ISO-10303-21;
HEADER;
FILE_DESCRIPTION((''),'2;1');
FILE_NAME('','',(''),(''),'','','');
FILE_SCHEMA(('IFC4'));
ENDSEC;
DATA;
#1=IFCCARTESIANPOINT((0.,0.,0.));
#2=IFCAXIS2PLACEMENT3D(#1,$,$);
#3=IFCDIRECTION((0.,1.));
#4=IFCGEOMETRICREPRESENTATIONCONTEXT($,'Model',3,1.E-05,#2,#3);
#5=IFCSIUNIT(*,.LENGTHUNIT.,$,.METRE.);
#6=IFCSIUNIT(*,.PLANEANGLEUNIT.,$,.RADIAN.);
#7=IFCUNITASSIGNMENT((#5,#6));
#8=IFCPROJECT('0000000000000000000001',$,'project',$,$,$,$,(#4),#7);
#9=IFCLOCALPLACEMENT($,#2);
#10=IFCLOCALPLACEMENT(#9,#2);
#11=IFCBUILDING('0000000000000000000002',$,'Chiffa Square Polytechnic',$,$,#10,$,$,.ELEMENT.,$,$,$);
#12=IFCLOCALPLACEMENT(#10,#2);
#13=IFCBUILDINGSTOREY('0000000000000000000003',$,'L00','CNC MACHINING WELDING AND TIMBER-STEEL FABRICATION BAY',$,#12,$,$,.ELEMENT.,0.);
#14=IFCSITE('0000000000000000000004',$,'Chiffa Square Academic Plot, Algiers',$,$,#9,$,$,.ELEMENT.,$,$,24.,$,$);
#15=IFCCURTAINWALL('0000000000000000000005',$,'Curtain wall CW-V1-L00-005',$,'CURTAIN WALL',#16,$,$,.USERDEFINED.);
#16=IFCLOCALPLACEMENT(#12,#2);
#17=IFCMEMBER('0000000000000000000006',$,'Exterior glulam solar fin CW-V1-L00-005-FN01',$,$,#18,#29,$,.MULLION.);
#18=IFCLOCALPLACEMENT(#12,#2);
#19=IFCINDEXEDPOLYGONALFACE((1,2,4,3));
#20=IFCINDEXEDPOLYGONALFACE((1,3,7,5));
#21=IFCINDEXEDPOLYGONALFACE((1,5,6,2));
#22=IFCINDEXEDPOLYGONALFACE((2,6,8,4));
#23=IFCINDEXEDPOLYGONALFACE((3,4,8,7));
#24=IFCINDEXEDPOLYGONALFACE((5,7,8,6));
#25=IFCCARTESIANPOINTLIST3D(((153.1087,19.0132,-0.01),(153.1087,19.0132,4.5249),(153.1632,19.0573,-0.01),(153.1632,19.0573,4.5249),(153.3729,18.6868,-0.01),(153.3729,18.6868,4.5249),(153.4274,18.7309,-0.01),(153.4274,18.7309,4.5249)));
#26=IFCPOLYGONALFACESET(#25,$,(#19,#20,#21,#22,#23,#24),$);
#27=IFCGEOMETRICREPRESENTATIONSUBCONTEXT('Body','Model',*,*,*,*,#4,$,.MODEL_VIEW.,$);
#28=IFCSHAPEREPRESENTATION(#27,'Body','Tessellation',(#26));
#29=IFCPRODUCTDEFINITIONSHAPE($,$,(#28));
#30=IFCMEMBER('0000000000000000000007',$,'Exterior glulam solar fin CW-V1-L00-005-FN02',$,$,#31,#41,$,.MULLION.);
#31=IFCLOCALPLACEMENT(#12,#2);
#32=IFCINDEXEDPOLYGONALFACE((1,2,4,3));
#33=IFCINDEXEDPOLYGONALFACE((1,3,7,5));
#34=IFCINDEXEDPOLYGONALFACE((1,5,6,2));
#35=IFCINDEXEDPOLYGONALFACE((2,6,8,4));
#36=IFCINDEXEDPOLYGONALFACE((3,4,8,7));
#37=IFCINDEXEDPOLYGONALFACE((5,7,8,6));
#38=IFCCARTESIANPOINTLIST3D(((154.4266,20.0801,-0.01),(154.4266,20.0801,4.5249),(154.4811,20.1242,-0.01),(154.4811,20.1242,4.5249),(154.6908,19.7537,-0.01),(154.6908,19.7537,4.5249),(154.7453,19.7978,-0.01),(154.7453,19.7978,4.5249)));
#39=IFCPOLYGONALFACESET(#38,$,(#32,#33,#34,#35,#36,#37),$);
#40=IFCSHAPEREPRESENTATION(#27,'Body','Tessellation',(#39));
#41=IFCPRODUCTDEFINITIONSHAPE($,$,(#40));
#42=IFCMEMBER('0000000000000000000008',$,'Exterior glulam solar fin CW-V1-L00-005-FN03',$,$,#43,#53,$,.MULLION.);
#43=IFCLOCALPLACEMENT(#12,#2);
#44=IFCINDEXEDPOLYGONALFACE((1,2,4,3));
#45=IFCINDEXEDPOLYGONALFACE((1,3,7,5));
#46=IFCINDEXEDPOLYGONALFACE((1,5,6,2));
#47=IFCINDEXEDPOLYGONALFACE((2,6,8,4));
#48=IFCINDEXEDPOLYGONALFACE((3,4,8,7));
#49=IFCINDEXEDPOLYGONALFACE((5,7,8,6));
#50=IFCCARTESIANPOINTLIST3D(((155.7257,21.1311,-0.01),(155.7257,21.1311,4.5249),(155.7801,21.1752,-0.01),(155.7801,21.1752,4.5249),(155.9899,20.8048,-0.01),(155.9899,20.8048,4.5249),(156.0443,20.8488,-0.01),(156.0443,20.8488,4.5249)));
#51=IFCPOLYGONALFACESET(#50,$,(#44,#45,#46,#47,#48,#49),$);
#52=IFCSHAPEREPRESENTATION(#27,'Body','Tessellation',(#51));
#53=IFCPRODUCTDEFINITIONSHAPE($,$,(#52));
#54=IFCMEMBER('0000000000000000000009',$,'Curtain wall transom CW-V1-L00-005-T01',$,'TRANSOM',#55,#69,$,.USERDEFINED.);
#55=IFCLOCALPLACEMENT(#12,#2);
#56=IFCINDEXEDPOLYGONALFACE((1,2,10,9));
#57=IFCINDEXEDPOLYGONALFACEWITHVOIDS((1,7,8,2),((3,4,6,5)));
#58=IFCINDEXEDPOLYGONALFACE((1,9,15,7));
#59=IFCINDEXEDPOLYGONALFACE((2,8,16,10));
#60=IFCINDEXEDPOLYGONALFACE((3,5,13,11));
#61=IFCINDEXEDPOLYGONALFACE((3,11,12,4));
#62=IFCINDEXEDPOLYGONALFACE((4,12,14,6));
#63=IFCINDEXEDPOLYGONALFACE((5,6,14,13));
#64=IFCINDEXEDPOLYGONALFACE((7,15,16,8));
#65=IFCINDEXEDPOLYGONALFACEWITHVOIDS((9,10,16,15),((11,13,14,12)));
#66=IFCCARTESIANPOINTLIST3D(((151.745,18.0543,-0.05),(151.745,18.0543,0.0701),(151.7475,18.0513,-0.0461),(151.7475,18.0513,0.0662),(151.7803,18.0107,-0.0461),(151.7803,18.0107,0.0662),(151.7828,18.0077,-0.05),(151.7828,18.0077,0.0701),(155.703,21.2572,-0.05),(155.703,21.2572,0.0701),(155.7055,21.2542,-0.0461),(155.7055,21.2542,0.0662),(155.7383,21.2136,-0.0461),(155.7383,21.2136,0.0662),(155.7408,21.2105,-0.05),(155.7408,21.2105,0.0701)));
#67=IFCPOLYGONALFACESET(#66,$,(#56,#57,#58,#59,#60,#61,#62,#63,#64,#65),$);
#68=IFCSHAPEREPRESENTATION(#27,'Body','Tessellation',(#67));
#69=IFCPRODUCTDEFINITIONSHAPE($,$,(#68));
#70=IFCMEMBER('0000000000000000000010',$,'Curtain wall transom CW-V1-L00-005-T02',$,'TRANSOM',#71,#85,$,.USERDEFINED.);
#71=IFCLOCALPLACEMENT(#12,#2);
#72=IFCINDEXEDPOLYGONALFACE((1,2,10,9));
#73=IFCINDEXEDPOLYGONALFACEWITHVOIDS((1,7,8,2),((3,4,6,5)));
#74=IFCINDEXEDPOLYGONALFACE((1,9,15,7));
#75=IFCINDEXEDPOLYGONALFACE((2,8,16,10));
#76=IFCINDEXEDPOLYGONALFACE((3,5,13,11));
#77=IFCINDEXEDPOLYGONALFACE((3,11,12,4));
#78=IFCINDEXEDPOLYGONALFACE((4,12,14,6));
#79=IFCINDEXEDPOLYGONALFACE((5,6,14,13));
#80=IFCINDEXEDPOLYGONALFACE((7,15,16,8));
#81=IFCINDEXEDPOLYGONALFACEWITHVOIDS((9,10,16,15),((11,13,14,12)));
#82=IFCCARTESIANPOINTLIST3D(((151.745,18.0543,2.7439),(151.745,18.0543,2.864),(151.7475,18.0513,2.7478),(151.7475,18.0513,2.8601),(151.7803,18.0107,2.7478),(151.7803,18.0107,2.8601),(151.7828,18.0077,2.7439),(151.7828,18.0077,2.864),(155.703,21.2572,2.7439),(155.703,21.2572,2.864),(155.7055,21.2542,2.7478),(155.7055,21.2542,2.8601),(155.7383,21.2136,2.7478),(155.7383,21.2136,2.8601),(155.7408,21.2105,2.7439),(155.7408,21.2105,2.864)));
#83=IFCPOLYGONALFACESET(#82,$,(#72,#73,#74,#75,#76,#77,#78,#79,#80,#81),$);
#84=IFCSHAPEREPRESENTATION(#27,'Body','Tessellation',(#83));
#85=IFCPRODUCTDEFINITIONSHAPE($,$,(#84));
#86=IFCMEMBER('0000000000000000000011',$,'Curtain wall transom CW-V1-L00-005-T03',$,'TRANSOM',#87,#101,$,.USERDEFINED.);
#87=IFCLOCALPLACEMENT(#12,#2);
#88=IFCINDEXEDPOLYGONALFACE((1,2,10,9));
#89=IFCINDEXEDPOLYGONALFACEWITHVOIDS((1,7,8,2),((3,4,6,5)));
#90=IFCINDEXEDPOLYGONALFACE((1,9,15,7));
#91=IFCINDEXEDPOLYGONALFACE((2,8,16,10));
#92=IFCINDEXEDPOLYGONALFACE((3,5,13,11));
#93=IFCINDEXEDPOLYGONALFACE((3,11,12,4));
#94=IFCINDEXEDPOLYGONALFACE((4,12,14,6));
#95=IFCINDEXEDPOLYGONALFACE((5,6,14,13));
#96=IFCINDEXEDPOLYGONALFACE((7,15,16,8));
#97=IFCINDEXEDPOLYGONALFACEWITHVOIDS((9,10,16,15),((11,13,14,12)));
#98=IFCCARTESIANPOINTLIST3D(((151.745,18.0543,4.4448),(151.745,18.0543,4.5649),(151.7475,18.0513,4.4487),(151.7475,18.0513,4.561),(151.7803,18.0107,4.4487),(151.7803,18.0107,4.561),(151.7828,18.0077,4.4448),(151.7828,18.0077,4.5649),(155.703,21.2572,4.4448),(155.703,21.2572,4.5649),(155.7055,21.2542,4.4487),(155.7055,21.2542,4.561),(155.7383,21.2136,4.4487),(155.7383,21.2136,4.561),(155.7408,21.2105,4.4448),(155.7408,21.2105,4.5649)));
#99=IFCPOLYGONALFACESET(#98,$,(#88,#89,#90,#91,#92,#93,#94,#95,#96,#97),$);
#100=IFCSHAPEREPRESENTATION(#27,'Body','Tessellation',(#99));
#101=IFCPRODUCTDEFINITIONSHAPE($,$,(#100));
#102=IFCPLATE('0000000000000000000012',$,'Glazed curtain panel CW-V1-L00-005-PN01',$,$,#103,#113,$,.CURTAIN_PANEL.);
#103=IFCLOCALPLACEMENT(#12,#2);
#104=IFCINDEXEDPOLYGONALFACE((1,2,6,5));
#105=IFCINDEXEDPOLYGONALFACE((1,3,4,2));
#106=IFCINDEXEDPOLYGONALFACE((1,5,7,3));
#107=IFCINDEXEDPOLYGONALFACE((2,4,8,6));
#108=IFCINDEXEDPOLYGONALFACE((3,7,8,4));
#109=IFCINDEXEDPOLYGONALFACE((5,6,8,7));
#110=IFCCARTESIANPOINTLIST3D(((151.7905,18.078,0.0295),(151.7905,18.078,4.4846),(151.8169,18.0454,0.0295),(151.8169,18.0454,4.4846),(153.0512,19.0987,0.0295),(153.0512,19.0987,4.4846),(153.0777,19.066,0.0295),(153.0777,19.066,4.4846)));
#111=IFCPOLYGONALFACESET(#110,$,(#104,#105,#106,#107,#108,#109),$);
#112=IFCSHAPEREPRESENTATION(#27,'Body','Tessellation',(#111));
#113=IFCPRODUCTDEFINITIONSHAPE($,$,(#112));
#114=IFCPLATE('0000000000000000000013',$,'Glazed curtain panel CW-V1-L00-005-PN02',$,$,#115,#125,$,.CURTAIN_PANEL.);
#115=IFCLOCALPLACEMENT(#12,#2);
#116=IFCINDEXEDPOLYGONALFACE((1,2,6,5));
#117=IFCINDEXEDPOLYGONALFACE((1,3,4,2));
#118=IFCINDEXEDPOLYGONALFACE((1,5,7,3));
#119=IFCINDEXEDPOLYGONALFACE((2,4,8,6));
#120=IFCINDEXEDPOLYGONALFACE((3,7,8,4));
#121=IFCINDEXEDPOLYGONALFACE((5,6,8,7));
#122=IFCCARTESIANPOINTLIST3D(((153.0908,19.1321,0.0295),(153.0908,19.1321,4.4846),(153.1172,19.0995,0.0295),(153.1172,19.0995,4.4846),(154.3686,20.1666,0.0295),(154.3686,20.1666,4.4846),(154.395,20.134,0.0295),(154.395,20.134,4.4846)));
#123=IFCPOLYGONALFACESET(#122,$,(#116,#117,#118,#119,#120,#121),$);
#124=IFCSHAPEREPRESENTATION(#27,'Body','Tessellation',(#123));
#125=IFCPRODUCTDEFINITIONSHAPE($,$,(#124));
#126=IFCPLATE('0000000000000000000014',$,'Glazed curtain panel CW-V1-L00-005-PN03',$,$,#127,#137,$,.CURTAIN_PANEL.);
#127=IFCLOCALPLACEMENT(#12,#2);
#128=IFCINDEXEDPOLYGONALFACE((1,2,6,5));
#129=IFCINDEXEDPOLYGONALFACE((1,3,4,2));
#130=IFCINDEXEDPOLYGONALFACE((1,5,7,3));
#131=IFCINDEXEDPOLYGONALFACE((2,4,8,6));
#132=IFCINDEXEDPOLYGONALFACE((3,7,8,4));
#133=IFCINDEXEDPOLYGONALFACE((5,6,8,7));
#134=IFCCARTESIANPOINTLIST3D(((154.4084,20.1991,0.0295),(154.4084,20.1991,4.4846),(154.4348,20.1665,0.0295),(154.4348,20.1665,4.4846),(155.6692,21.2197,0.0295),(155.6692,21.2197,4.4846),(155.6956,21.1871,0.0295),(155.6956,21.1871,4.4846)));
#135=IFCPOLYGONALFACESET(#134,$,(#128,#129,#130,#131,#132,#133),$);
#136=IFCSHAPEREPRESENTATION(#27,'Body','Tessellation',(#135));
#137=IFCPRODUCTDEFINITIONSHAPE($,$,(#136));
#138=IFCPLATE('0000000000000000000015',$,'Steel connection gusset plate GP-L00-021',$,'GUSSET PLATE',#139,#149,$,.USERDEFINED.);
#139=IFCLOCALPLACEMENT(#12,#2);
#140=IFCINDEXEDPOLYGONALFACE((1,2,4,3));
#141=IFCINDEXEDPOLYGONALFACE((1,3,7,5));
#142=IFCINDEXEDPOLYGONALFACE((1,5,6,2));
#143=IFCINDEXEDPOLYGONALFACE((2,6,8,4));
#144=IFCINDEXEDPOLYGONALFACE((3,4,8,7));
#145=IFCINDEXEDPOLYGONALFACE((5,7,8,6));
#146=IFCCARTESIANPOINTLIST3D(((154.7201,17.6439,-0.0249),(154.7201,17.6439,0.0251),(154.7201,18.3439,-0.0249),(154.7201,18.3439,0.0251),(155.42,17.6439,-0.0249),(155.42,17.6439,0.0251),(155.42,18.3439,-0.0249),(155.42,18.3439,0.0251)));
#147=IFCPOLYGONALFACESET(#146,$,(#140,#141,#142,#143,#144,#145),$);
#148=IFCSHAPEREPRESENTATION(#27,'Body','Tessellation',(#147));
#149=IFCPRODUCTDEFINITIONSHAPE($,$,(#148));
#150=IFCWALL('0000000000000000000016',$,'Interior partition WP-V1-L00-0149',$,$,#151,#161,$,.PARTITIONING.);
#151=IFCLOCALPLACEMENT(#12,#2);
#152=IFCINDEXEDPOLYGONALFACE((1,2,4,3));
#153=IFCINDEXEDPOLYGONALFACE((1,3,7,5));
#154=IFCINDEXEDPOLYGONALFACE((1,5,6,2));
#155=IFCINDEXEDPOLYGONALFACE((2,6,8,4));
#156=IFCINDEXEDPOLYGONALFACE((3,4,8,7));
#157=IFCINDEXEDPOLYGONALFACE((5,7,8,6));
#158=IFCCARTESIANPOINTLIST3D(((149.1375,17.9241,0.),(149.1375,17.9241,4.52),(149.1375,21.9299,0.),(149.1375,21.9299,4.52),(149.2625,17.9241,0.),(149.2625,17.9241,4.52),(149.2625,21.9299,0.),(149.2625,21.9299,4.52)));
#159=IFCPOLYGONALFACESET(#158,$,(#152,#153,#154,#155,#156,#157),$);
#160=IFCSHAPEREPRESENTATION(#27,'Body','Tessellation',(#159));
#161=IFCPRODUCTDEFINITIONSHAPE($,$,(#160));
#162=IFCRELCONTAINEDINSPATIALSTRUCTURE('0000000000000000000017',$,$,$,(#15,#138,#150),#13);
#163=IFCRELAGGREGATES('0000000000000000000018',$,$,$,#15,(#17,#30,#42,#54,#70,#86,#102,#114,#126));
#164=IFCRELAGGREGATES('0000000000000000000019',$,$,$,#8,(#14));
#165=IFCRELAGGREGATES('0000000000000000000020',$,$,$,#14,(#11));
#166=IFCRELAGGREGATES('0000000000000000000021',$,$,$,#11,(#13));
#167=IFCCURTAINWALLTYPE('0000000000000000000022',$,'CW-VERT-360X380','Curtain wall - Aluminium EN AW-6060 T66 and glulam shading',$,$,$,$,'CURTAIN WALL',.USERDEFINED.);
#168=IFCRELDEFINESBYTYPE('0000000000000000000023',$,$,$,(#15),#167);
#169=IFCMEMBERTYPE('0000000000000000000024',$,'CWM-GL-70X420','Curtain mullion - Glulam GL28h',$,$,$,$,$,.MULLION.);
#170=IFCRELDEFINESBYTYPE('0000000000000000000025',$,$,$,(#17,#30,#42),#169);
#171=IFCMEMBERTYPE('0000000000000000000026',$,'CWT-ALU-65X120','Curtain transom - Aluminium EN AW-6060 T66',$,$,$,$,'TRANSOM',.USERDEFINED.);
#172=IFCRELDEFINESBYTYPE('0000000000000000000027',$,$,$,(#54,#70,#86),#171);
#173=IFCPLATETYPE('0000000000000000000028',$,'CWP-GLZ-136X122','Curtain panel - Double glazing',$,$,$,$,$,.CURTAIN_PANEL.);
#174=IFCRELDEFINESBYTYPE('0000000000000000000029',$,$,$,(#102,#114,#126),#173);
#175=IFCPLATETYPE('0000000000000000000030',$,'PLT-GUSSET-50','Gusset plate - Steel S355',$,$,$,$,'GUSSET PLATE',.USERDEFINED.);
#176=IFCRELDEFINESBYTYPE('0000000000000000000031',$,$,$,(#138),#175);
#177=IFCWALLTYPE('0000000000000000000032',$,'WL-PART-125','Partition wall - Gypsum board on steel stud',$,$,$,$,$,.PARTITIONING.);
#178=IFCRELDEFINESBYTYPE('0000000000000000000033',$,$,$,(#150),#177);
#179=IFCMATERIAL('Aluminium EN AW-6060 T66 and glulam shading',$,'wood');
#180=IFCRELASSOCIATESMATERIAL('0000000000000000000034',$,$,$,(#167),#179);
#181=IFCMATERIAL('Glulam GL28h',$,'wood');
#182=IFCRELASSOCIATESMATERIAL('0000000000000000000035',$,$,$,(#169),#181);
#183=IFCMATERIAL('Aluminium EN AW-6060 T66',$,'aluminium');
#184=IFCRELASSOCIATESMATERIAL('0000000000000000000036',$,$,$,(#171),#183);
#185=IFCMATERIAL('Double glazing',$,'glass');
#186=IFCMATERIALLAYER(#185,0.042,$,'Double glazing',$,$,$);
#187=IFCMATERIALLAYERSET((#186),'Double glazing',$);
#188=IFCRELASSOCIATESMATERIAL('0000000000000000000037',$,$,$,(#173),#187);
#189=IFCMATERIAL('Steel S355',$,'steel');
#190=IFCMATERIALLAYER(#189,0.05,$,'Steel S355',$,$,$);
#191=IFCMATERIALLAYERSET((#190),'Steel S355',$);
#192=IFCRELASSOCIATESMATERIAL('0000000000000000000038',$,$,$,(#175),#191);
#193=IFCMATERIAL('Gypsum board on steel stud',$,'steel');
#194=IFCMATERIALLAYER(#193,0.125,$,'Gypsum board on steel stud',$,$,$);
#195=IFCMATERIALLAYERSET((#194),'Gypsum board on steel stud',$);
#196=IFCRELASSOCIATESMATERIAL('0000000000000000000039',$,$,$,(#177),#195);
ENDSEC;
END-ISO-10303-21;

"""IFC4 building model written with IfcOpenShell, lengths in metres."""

from ifc_helpers import new_model, si_unit, direction, frame, frame_2d, origin, origin_2d, place, context, subcontext, project, spatial, rectangle, hollow_rectangle, extrude, material, layer, layer_set, material_profile, profile_set, type_object, element, aggregate, save


model = new_model("IFC4")

# Units and contexts
model_context = context("Model", 3, precision=1e-05, world=origin(), true_north=direction((0.0, 1.0)))
body_context = subcontext(model_context, "Body", "Model", "MODEL_VIEW")
ifc_project = project(units=[si_unit("LENGTHUNIT", "METRE"), si_unit("PLANEANGLEUNIT", "RADIAN")], contexts=[model_context])

# Site, building, storey
site_placement = place(None, origin())
site = spatial("IfcSite", under=ifc_project, at=site_placement, Name="Chiffa Square Academic Plot, Algiers", CompositionType="ELEMENT", RefElevation=24.0)
building_placement = place(site_placement, origin())
building = spatial("IfcBuilding", under=site, at=building_placement, Name="Chiffa Square Polytechnic", CompositionType="ELEMENT")
storey_placement = place(building_placement, origin())
storey = spatial("IfcBuildingStorey", under=building, at=storey_placement, Name="L00", Description="CNC MACHINING WELDING AND TIMBER-STEEL FABRICATION BAY", CompositionType="ELEMENT", Elevation=0.0)

# Shared definitions
ifc_material_1 = material(Name="Steel S355", Category="steel")

# Curtain wall, members, plates
ifc_material_2 = material(Name="Aluminium EN AW-6060 T66 and glulam shading", Category="wood")
curtain_wall_type = type_object("IfcCurtainWallType", Name="CW-VERT-360X380", Description="Curtain wall - Aluminium EN AW-6060 T66 and glulam shading", ElementType="CURTAIN WALL", PredefinedType="USERDEFINED", material=ifc_material_2)
curtain_wall_placement = place(storey_placement, origin())
curtain_wall = element("IfcCurtainWall", 1, at=curtain_wall_placement, inside=storey, type_object=curtain_wall_type, Name="Curtain wall CW-V1-L00-005", ObjectType="CURTAIN WALL", PredefinedType="USERDEFINED")
ifc_material_3 = material(Name="Aluminium EN AW-6060 T66", Category="aluminium")
ifc_material_4 = material(Name="Glulam GL28h", Category="wood")
ifc_material_profile_1 = material_profile(ifc_material_4, rectangle(XDim=0.0701, YDim=0.4199, at=origin_2d()), Name="GL28h 70x420")
ifc_profile_set_1 = profile_set([ifc_material_profile_1], Name="Glulam GL28h")
member_type_1 = type_object("IfcMemberType", Name="CWM-GL-70X420", Description="Curtain mullion - Glulam GL28h", PredefinedType="MULLION", material=ifc_profile_set_1)
member_1_placement = place(storey_placement, frame((153.2681, 18.8721, -0.01), z_axis=(0.0, 0.0, 1.0), x_axis=(0.777234, 0.629212, 0.0)))
member_1 = element("IfcMember", 2, at=member_1_placement, type_object=member_type_1, Name="Exterior glulam solar fin CW-V1-L00-005-FN01", PredefinedType="MULLION", context=body_context, shape_type="SweptSolid", body=[
    extrude(rectangle(XDim=0.0701, YDim=0.4199, at=origin_2d()), origin(), (0.0, 0.0, 1.0), 4.5349),
])
member_2_placement = place(storey_placement, frame((154.5859, 19.939, -0.01), z_axis=(0.0, 0.0, 1.0), x_axis=(0.777234, 0.629212, 0.0)))
member_2 = element("IfcMember", 3, at=member_2_placement, type_object=member_type_1, Name="Exterior glulam solar fin CW-V1-L00-005-FN02", PredefinedType="MULLION", context=body_context, shape_type="SweptSolid", body=[
    extrude(rectangle(XDim=0.0701, YDim=0.4199, at=origin_2d()), origin(), (0.0, 0.0, 1.0), 4.5349),
])
member_3_placement = place(storey_placement, frame((155.885, 20.99, -0.01), z_axis=(0.0, 0.0, 1.0), x_axis=(0.777234, 0.629212, 0.0)))
member_3 = element("IfcMember", 4, at=member_3_placement, type_object=member_type_1, Name="Exterior glulam solar fin CW-V1-L00-005-FN03", PredefinedType="MULLION", context=body_context, shape_type="SweptSolid", body=[
    extrude(rectangle(XDim=0.0701, YDim=0.4199, at=origin_2d()), origin(), (0.0, 0.0, 1.0), 4.5349),
])
ifc_material_profile_2 = material_profile(ifc_material_3, hollow_rectangle(XDim=0.0601, YDim=0.1201, WallThickness=0.0039, at=origin_2d()), Name="ALU 60x120x4")
ifc_profile_set_2 = profile_set([ifc_material_profile_2], Name="Aluminium EN AW-6060 T66")
member_type_2 = type_object("IfcMemberType", Name="CWT-ALU-65X120", Description="Curtain transom - Aluminium EN AW-6060 T66", ElementType="TRANSOM", PredefinedType="USERDEFINED", material=ifc_profile_set_2)
member_4_placement = place(storey_placement, frame((151.7639, 18.031, 0.01), z_axis=(0.777362, 0.629053, 0.0), x_axis=(-0.629053, 0.777362, 0.0)))
member_4 = element("IfcMember", 5, at=member_4_placement, type_object=member_type_2, Name="Curtain wall transom CW-V1-L00-005-T01", ObjectType="TRANSOM", PredefinedType="USERDEFINED", context=body_context, shape_type="SweptSolid", body=[
    extrude(hollow_rectangle(XDim=0.0601, YDim=0.1201, WallThickness=0.0039, at=origin_2d()), origin(), (0.0, 0.0, 1.0), 5.0916),
])
member_5_placement = place(storey_placement, frame((151.7639, 18.031, 2.804), z_axis=(0.777362, 0.629053, 0.0), x_axis=(-0.629053, 0.777362, 0.0)))
member_5 = element("IfcMember", 6, at=member_5_placement, type_object=member_type_2, Name="Curtain wall transom CW-V1-L00-005-T02", ObjectType="TRANSOM", PredefinedType="USERDEFINED", context=body_context, shape_type="SweptSolid", body=[
    extrude(hollow_rectangle(XDim=0.0601, YDim=0.1201, WallThickness=0.0039, at=origin_2d()), origin(), (0.0, 0.0, 1.0), 5.0916),
])
member_6_placement = place(storey_placement, frame((151.7639, 18.031, 4.5049), z_axis=(0.777362, 0.629053, 0.0), x_axis=(-0.629053, 0.777362, 0.0)))
member_6 = element("IfcMember", 7, at=member_6_placement, type_object=member_type_2, Name="Curtain wall transom CW-V1-L00-005-T03", ObjectType="TRANSOM", PredefinedType="USERDEFINED", context=body_context, shape_type="SweptSolid", body=[
    extrude(hollow_rectangle(XDim=0.0601, YDim=0.1201, WallThickness=0.0039, at=origin_2d()), origin(), (0.0, 0.0, 1.0), 5.0916),
])
ifc_material_5 = material(Name="Double glazing", Category="glass")
ifc_layer_1 = layer(ifc_material_5, 0.042, Name="Double glazing")
ifc_layer_set_1 = layer_set([ifc_layer_1], Name="Double glazing")
plate_type_1 = type_object("IfcPlateType", Name="CWP-GLZ-136X122", Description="Curtain panel - Double glazing", PredefinedType="CURTAIN_PANEL", material=ifc_layer_set_1)
plate_1_placement = place(storey_placement, frame((152.4341, 18.572, 0.0295), z_axis=(0.0, 0.0, 1.0), x_axis=(0.777234, 0.629212, 0.0)))
plate_1 = element("IfcPlate", 8, at=plate_1_placement, type_object=plate_type_1, Name="Glazed curtain panel CW-V1-L00-005-PN01", PredefinedType="CURTAIN_PANEL", context=body_context, shape_type="SweptSolid", body=[
    extrude(rectangle(XDim=1.6221, YDim=0.042, at=origin_2d()), origin(), (0.0, 0.0, 1.0), 4.4551),
])
plate_2_placement = place(storey_placement, frame((153.7429, 19.6331, 0.0295), z_axis=(0.0, 0.0, 1.0), x_axis=(0.777234, 0.629212, 0.0)))
plate_2 = element("IfcPlate", 9, at=plate_2_placement, type_object=plate_type_1, Name="Glazed curtain panel CW-V1-L00-005-PN02", PredefinedType="CURTAIN_PANEL", context=body_context, shape_type="SweptSolid", body=[
    extrude(rectangle(XDim=1.644, YDim=0.042, at=origin_2d()), origin(), (0.0, 0.0, 1.0), 4.4551),
])
plate_3_placement = place(storey_placement, frame((155.052, 20.6931, 0.0295), z_axis=(0.0, 0.0, 1.0), x_axis=(0.777234, 0.629212, 0.0)))
plate_3 = element("IfcPlate", 10, at=plate_3_placement, type_object=plate_type_1, Name="Glazed curtain panel CW-V1-L00-005-PN03", PredefinedType="CURTAIN_PANEL", context=body_context, shape_type="SweptSolid", body=[
    extrude(rectangle(XDim=1.6221, YDim=0.042, at=origin_2d()), origin(), (0.0, 0.0, 1.0), 4.4551),
])
aggregate(curtain_wall, [member_1, member_2, member_3, member_4, member_5, member_6, plate_1, plate_2, plate_3])

# Plate
ifc_layer_2 = layer(ifc_material_1, 0.05, Name="Steel S355")
ifc_layer_set_2 = layer_set([ifc_layer_2], Name="Steel S355")
plate_type_2 = type_object("IfcPlateType", Name="PLT-GUSSET-50", Description="Gusset plate - Steel S355", ElementType="GUSSET PLATE", PredefinedType="USERDEFINED", material=ifc_layer_set_2)
plate_4_placement = place(storey_placement, frame((155.0701, 17.9939, -0.0249), z_axis=(0.0, 0.0, 1.0), x_axis=(1.0, 0.0, 0.0)))
element("IfcPlate", 11, at=plate_4_placement, inside=storey, type_object=plate_type_2, Name="Steel connection gusset plate GP-L00-021", ObjectType="GUSSET PLATE", PredefinedType="USERDEFINED", context=body_context, shape_type="SweptSolid", body=[
    extrude(rectangle(XDim=0.7, YDim=0.7, at=origin_2d()), origin(), (0.0, 0.0, 1.0), 0.05),
])

# Wall
ifc_material_6 = material(Name="Gypsum board on steel stud", Category="steel")
ifc_layer_3 = layer(ifc_material_6, 0.125, Name="Gypsum board on steel stud")
ifc_layer_set_3 = layer_set([ifc_layer_3], Name="Gypsum board on steel stud")
wall_type = type_object("IfcWallType", Name="WL-PART-125", Description="Partition wall - Gypsum board on steel stud", PredefinedType="PARTITIONING", material=ifc_layer_set_3)
wall_placement = place(storey_placement, frame((149.2, 17.9241, 0.0), z_axis=(0.0, 0.0, 1.0), x_axis=(0.0, 1.0, 0.0)))
element("IfcWall", 12, at=wall_placement, inside=storey, type_object=wall_type, Name="Interior partition WP-V1-L00-0149", PredefinedType="PARTITIONING", context=body_context, shape_type="SweptSolid", body=[
    extrude(rectangle(XDim=4.0059, YDim=0.125, at=frame_2d((2.0029, 0.0))), origin(), (0.0, 0.0, 1.0), 4.52),
])

save(model, "model.ifc")
